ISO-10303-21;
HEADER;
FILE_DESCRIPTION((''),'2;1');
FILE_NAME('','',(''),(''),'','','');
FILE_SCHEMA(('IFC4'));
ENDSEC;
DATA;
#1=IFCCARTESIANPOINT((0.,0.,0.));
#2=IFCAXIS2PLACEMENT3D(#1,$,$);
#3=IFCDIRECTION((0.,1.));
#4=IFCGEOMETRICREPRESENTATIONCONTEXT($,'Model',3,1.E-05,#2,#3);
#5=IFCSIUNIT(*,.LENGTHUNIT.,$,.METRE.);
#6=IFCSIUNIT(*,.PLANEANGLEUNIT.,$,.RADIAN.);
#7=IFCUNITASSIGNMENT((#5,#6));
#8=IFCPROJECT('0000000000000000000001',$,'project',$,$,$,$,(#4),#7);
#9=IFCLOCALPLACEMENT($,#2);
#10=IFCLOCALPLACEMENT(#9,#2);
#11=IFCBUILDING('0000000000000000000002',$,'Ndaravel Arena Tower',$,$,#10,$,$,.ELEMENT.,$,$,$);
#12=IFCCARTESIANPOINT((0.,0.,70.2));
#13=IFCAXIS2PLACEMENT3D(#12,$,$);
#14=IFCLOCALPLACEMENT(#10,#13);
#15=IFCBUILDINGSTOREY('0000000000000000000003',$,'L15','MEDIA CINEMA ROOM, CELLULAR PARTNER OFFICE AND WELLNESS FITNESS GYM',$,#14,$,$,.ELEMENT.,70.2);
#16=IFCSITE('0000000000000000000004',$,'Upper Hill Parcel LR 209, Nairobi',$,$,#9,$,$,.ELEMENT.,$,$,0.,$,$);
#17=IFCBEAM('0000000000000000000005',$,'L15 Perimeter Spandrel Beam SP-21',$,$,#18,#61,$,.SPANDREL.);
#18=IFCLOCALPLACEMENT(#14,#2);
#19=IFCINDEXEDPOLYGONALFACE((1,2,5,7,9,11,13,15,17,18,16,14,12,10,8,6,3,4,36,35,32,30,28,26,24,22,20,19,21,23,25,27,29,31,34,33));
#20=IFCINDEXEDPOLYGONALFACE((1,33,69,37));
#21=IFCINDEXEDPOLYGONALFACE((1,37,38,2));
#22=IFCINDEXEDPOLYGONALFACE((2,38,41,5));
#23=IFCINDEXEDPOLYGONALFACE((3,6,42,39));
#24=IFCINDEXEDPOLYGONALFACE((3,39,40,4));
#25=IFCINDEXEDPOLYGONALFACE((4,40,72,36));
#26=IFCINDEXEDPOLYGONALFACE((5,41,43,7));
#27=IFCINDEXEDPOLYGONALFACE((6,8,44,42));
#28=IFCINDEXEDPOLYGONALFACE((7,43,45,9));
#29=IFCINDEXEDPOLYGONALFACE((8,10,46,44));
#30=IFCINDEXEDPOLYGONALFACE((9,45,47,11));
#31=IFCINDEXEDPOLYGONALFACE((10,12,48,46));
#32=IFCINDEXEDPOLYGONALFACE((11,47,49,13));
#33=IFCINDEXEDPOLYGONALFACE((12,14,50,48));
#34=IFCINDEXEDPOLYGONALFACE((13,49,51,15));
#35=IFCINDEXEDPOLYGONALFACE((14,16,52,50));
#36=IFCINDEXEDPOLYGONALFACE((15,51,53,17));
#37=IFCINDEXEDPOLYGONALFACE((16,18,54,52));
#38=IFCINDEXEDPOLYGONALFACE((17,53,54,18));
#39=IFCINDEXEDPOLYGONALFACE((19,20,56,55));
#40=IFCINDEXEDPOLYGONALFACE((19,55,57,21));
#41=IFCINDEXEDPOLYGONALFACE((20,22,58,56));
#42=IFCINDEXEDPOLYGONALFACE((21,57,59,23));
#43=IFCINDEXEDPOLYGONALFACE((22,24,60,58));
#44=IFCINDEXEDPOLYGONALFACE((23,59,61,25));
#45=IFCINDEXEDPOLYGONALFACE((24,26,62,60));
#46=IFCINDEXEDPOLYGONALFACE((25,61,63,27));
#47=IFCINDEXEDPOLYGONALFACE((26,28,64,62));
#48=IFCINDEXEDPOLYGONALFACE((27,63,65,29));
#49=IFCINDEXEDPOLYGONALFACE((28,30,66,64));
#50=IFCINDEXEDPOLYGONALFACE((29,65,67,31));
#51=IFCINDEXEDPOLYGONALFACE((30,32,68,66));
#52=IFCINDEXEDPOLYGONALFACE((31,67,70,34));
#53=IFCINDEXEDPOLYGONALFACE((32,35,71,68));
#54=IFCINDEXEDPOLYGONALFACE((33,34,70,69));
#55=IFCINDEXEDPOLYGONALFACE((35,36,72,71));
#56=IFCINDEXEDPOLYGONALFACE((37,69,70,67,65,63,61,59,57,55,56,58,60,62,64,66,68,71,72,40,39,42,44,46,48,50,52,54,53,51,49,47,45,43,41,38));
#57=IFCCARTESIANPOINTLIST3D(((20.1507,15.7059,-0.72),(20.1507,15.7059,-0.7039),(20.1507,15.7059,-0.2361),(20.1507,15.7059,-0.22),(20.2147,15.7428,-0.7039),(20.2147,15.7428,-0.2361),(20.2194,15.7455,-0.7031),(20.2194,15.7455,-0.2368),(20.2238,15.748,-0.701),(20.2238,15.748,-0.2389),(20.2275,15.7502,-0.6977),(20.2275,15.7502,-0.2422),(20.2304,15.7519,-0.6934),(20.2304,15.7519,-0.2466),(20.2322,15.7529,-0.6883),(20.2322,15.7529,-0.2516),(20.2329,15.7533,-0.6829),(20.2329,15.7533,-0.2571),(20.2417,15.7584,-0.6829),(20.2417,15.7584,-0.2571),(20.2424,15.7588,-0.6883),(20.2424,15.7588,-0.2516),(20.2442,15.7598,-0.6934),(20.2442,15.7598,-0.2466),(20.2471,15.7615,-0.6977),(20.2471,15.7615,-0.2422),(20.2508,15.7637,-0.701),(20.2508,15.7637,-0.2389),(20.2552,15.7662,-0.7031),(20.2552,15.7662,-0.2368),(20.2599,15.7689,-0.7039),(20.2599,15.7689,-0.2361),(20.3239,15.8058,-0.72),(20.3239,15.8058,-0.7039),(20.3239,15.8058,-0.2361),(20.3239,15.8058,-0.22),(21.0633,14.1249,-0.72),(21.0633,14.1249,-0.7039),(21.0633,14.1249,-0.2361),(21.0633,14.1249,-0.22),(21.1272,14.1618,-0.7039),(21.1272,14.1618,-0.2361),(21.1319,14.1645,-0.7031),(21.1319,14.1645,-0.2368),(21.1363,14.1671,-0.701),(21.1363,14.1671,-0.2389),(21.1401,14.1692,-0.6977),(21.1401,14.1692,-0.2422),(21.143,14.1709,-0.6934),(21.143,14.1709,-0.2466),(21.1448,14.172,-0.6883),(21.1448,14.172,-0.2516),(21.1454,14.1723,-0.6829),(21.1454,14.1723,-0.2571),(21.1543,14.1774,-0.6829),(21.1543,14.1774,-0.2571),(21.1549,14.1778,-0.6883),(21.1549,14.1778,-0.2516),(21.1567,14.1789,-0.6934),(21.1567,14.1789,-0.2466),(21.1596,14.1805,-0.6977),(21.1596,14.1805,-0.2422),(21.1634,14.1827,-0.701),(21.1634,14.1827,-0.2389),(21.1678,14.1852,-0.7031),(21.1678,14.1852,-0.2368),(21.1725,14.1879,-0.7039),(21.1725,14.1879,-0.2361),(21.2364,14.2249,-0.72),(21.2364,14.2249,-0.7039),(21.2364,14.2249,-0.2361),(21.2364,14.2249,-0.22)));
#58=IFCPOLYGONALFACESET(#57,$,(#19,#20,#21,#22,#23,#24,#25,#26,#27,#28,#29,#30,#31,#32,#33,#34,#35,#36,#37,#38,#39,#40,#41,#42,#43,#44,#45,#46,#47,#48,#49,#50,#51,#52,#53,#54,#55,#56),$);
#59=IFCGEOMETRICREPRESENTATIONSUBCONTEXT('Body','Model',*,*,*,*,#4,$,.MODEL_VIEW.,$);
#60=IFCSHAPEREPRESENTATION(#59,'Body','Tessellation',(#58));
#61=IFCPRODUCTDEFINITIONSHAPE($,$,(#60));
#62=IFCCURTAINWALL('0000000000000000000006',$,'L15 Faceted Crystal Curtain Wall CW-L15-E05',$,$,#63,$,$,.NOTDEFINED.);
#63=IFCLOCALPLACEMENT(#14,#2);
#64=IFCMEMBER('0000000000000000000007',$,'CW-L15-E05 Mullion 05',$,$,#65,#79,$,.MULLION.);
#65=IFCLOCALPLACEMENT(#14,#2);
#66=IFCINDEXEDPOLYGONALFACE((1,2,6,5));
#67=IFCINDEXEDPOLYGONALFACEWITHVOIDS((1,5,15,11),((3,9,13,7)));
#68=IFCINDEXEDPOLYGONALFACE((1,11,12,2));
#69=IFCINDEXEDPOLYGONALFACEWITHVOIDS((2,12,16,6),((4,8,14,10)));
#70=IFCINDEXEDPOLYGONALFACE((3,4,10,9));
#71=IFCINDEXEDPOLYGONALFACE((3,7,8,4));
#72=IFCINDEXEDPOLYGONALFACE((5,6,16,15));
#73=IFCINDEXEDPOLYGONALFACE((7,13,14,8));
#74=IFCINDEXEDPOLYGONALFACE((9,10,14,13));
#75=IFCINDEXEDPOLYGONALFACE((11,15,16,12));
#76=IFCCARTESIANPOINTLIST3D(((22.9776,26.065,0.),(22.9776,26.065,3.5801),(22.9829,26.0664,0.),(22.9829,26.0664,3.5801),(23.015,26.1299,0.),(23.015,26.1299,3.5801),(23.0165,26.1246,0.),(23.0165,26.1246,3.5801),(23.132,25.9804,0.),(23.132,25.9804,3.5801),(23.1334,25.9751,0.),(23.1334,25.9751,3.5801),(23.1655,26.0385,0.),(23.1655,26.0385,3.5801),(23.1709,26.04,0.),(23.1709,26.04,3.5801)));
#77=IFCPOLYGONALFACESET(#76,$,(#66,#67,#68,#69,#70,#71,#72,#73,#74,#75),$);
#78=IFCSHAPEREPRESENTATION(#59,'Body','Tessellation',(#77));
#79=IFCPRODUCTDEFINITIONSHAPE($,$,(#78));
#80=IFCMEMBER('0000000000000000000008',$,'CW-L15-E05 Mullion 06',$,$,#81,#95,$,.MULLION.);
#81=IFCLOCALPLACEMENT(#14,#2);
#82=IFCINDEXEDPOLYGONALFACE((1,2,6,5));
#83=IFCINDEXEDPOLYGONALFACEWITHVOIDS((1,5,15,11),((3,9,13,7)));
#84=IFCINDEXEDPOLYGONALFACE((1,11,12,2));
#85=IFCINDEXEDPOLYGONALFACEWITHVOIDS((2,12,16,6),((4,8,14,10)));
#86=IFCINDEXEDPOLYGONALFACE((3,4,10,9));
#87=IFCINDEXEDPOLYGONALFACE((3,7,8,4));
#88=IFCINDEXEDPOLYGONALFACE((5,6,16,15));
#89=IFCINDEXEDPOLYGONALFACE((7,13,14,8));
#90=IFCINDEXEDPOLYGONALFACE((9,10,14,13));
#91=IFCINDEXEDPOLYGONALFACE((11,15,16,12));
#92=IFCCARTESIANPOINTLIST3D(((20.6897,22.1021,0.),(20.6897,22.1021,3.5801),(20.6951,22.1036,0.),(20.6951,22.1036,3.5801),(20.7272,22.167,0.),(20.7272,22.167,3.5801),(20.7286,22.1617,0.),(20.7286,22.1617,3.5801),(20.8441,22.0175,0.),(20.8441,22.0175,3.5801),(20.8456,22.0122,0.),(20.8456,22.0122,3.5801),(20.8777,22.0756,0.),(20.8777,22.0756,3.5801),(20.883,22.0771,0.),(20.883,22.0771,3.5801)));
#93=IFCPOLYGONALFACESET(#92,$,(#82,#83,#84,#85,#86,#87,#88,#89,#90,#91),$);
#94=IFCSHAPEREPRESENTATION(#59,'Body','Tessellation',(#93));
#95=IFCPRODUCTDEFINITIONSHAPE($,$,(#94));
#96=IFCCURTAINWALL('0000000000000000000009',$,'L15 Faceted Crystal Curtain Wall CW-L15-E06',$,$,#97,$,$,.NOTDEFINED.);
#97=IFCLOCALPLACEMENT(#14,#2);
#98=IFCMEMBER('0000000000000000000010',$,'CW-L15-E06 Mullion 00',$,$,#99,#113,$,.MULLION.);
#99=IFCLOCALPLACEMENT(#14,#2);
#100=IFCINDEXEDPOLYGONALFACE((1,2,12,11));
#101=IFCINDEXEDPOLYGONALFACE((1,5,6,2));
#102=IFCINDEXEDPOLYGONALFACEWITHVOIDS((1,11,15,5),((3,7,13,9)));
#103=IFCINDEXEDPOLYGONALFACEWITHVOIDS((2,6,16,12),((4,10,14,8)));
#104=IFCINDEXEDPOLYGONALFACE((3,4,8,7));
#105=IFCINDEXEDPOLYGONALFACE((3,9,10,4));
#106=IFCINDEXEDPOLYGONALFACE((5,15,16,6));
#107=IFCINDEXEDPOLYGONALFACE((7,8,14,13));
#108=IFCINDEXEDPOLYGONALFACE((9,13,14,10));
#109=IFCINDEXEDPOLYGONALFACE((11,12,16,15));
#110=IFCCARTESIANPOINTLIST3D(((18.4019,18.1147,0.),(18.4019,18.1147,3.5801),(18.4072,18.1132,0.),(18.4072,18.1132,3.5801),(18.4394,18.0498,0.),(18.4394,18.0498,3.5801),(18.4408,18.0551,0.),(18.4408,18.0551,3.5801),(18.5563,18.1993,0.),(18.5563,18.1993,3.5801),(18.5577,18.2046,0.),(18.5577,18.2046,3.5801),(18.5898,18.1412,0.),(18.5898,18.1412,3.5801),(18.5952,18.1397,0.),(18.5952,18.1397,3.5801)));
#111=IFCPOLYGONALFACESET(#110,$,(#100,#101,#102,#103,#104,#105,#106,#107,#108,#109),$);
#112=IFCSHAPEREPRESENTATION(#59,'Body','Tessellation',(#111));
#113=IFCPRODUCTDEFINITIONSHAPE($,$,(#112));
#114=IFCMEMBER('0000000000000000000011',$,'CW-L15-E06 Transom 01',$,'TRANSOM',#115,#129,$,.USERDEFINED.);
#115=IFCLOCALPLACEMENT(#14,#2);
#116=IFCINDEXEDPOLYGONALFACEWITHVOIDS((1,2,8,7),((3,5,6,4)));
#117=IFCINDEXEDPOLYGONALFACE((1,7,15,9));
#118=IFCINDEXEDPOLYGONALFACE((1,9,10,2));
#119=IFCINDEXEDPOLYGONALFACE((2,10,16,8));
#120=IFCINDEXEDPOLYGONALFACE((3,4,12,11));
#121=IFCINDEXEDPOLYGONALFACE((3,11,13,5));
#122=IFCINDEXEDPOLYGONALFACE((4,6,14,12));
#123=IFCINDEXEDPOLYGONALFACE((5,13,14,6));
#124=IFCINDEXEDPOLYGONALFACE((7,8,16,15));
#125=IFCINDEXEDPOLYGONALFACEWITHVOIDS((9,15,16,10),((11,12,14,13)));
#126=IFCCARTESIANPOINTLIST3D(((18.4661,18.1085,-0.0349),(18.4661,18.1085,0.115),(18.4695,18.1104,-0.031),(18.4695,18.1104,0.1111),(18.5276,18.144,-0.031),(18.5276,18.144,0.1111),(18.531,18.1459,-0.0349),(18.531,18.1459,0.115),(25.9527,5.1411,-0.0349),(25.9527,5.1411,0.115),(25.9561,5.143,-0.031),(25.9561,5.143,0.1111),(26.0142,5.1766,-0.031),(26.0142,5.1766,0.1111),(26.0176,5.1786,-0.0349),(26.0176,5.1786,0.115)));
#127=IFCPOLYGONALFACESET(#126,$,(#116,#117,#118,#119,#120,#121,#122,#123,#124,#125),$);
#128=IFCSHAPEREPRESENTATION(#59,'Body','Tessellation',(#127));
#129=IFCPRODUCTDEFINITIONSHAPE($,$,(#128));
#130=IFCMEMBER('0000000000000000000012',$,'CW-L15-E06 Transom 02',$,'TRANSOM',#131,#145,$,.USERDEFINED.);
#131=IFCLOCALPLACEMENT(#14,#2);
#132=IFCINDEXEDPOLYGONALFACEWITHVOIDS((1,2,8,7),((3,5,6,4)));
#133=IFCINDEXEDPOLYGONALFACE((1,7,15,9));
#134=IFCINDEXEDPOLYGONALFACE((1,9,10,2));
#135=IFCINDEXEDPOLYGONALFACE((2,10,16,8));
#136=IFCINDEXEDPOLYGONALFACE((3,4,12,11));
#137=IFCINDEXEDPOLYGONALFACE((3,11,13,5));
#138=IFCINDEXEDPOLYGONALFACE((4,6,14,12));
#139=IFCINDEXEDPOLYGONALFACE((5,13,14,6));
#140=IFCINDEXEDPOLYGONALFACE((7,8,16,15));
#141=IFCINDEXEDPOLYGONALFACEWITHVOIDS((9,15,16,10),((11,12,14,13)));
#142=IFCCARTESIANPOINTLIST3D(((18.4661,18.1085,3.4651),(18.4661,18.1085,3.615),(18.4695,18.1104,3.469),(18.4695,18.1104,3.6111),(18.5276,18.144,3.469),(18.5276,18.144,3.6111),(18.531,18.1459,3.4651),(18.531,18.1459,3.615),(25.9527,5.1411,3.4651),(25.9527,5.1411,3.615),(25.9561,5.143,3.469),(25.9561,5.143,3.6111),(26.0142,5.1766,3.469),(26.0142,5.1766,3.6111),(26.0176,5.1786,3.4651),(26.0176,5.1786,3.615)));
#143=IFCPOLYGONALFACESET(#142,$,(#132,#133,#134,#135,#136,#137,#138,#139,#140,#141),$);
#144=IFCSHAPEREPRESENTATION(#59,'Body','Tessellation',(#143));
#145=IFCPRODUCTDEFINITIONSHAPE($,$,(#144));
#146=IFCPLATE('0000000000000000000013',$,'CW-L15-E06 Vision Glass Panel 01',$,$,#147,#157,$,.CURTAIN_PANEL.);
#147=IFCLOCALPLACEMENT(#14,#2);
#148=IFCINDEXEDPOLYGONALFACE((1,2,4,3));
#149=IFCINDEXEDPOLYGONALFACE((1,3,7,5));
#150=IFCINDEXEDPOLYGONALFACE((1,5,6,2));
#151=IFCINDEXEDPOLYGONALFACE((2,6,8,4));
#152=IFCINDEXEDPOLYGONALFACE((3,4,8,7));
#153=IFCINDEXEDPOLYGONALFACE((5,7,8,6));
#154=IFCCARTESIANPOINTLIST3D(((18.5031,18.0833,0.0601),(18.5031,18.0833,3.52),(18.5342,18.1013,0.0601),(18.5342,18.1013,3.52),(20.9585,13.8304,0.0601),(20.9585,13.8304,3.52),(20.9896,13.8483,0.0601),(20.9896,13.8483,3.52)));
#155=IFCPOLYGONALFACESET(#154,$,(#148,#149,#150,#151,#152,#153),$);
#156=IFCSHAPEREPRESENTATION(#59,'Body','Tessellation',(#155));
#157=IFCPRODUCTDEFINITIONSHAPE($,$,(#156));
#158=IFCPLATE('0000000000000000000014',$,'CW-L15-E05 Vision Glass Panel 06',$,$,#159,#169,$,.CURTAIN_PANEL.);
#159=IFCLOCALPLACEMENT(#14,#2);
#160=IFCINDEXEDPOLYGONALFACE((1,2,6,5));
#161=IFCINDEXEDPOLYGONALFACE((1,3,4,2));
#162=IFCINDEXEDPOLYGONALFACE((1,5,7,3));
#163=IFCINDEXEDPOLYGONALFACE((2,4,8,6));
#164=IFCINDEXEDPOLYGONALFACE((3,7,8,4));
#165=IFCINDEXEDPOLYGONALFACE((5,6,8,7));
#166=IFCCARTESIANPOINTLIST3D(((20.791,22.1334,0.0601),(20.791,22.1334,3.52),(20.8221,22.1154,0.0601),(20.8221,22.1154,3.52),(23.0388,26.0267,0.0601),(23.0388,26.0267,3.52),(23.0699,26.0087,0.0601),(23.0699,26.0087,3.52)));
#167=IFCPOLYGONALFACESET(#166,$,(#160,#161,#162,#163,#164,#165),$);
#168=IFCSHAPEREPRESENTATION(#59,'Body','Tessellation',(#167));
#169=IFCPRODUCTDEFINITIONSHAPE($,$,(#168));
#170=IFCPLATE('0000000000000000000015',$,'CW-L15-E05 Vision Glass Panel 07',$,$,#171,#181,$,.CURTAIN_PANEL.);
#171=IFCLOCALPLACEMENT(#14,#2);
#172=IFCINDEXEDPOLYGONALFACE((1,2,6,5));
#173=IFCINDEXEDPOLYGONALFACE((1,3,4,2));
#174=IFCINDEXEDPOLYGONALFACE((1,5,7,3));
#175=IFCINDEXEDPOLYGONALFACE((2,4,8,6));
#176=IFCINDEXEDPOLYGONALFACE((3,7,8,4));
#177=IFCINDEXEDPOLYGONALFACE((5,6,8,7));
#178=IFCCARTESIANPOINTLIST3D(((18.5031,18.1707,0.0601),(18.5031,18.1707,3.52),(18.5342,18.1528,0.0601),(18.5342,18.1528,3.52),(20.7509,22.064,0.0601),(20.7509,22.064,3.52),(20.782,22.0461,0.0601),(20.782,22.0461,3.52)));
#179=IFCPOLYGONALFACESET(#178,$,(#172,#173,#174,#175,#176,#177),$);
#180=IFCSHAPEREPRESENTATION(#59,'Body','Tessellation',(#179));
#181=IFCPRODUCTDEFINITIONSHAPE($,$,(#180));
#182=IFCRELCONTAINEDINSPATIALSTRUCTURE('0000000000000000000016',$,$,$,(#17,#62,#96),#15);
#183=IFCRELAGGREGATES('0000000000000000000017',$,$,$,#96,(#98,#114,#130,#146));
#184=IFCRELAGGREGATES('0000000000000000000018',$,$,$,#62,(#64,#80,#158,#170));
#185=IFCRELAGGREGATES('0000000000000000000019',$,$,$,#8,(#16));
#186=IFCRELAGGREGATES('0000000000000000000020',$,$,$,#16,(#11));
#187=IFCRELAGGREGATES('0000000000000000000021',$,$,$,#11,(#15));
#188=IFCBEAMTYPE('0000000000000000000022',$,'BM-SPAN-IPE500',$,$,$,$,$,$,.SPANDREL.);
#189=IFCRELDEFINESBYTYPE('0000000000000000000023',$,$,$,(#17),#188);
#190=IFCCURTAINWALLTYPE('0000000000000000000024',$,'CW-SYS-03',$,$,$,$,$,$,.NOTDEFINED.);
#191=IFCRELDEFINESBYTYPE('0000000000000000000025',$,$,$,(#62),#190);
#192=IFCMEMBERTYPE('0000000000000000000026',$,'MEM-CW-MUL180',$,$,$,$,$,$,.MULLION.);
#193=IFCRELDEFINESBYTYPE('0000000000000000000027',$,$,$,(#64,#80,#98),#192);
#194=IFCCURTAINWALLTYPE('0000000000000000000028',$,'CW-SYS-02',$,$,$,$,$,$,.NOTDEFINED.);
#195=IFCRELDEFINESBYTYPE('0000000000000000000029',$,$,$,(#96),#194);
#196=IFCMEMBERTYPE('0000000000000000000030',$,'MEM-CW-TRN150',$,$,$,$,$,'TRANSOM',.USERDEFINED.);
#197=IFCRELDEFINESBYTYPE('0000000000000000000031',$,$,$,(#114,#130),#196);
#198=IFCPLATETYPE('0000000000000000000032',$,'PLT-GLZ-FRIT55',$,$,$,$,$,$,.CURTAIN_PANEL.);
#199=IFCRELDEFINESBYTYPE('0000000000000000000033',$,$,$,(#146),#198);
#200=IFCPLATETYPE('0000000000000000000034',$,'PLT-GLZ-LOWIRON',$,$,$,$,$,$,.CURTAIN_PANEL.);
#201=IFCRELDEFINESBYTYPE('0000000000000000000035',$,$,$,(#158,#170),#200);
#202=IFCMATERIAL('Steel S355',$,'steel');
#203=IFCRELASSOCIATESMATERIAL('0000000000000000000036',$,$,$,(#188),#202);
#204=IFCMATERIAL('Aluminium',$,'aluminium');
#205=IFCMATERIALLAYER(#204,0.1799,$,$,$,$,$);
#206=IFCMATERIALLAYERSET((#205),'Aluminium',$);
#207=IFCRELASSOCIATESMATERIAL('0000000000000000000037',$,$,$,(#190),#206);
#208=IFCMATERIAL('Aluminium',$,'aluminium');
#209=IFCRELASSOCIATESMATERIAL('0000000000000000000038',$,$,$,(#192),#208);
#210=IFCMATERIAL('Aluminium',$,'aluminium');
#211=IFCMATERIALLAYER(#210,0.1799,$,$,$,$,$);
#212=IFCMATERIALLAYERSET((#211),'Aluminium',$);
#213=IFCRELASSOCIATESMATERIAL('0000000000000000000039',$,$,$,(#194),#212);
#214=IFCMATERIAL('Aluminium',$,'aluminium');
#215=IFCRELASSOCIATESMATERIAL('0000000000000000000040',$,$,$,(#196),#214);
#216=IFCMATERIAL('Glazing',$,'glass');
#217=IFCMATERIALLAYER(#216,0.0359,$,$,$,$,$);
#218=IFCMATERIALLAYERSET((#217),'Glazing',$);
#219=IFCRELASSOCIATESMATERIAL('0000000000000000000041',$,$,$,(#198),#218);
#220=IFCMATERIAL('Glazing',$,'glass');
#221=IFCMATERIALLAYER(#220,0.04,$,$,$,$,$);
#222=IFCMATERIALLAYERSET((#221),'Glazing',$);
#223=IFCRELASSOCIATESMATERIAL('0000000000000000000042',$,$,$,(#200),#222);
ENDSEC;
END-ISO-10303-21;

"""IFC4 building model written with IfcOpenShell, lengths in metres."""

from ifc_helpers import new_model, si_unit, direction, frame, origin, origin_2d, place, context, subcontext, project, spatial, rectangle, hollow_rectangle, i_section, extrude, material, layer, layer_set, material_profile, profile_set, type_object, element, aggregate, save


model = new_model("IFC4")

# Units and contexts
model_context = context("Model", 3, precision=1e-05, world=origin(), true_north=direction((0.0, 1.0)))
body_context = subcontext(model_context, "Body", "Model", "MODEL_VIEW")
ifc_project = project(units=[si_unit("LENGTHUNIT", "METRE"), si_unit("PLANEANGLEUNIT", "RADIAN")], contexts=[model_context])

# Site, building, storey
site_placement = place(None, origin())
site = spatial("IfcSite", under=ifc_project, at=site_placement, Name="Upper Hill Parcel LR 209, Nairobi", CompositionType="ELEMENT", RefElevation=0.0)
building_placement = place(site_placement, origin())
building = spatial("IfcBuilding", under=site, at=building_placement, Name="Ndaravel Arena Tower", CompositionType="ELEMENT")
storey_placement = place(building_placement, frame((0.0, 0.0, 70.2)))
storey = spatial("IfcBuildingStorey", under=building, at=storey_placement, Name="L15", Description="MEDIA CINEMA ROOM, CELLULAR PARTNER OFFICE AND WELLNESS FITNESS GYM", CompositionType="ELEMENT", Elevation=70.2)

# Beam
ifc_material_1 = material(Name="Steel S355", Category="steel")
ifc_material_profile_1 = material_profile(ifc_material_1, i_section(OverallWidth=0.2, OverallDepth=0.5, WebThickness=0.0103, FlangeThickness=0.0161, FilletRadius=0.021, at=origin_2d()), Name="IPE 500")
ifc_profile_set_1 = profile_set([ifc_material_profile_1], Name="Steel S355")
beam_type_1 = type_object("IfcBeamType", Name="BM-SPAN-IPE500", PredefinedType="SPANDREL", material=ifc_profile_set_1)
for number, where, z_axis, x_axis, name in (
    (1, (20.2373, 15.7559, -0.47), (0.499908, -0.866079, 0.0), (0.866079, 0.499908, 0.0), "L15 Perimeter Spandrel Beam SP-21"),
):
    element("IfcBeam", number, at=place(storey_placement, frame(where, z_axis=z_axis, x_axis=x_axis)), inside=storey, type_object=beam_type_1, Name=name, PredefinedType="SPANDREL", context=body_context, shape_type="SweptSolid", body=[
        extrude(i_section(OverallWidth=0.2, OverallDepth=0.5, WebThickness=0.0103, FlangeThickness=0.0161, FilletRadius=0.021, at=origin_2d()), origin(), (0.0, 0.0, 1.0), 1.8254),
    ])

# Curtain wall, members
ifc_material_2 = material(Name="Aluminium", Category="aluminium")
ifc_layer_1 = layer(ifc_material_2, 0.1799)
ifc_layer_set_1 = layer_set([ifc_layer_1], Name="Aluminium")
curtain_wall_type_1 = type_object("IfcCurtainWallType", Name="CW-SYS-03", PredefinedType="NOTDEFINED", material=ifc_layer_set_1)
curtain_wall_1_placement = place(storey_placement, origin())
curtain_wall_1 = element("IfcCurtainWall", 2, at=curtain_wall_1_placement, inside=storey, type_object=curtain_wall_type_1, Name="L15 Faceted Crystal Curtain Wall CW-L15-E05", PredefinedType="NOTDEFINED")
ifc_material_3 = material(Name="Aluminium", Category="aluminium")
ifc_material_profile_2 = material_profile(ifc_material_3, hollow_rectangle(XDim=0.075, YDim=0.1799, WallThickness=0.0039, at=origin_2d()), Name="CW MULLION 75x180x4")
ifc_profile_set_2 = profile_set([ifc_material_profile_2], Name="Aluminium")
member_type_1 = type_object("IfcMemberType", Name="MEM-CW-MUL180", PredefinedType="MULLION", material=ifc_profile_set_2)
member_1_placement = place(storey_placement, frame((23.0742, 26.0525, 0.0), z_axis=(0.0, 0.0, 1.0), x_axis=(-0.5, -0.866025, 0.0)))
member_1 = element("IfcMember", 3, at=member_1_placement, type_object=member_type_1, Name="CW-L15-E05 Mullion 05", PredefinedType="MULLION", context=body_context, shape_type="SweptSolid", body=[
    extrude(hollow_rectangle(XDim=0.075, YDim=0.1799, WallThickness=0.0039, at=origin_2d()), origin(), (0.0, 0.0, 1.0), 3.5801),
])
member_2_placement = place(storey_placement, frame((20.7864, 22.0896, 0.0), z_axis=(0.0, 0.0, 1.0), x_axis=(-0.5, -0.866025, 0.0)))
member_2 = element("IfcMember", 4, at=member_2_placement, type_object=member_type_1, Name="CW-L15-E05 Mullion 06", PredefinedType="MULLION", context=body_context, shape_type="SweptSolid", body=[
    extrude(hollow_rectangle(XDim=0.075, YDim=0.1799, WallThickness=0.0039, at=origin_2d()), origin(), (0.0, 0.0, 1.0), 3.5801),
])

# Curtain wall, members, plate
ifc_material_4 = material(Name="Aluminium", Category="aluminium")
ifc_layer_2 = layer(ifc_material_4, 0.1799)
ifc_layer_set_2 = layer_set([ifc_layer_2], Name="Aluminium")
curtain_wall_type_2 = type_object("IfcCurtainWallType", Name="CW-SYS-02", PredefinedType="NOTDEFINED", material=ifc_layer_set_2)
curtain_wall_2_placement = place(storey_placement, origin())
curtain_wall_2 = element("IfcCurtainWall", 5, at=curtain_wall_2_placement, inside=storey, type_object=curtain_wall_type_2, Name="L15 Faceted Crystal Curtain Wall CW-L15-E06", PredefinedType="NOTDEFINED")
member_3_placement = place(storey_placement, frame((18.4985, 18.1272, 0.0), z_axis=(0.0, 0.0, 1.0), x_axis=(0.5, -0.866025, 0.0)))
member_3 = element("IfcMember", 6, at=member_3_placement, type_object=member_type_1, Name="CW-L15-E06 Mullion 00", PredefinedType="MULLION", context=body_context, shape_type="SweptSolid", body=[
    extrude(hollow_rectangle(XDim=0.075, YDim=0.1799, WallThickness=0.0039, at=origin_2d()), origin(), (0.0, 0.0, 1.0), 3.5801),
])
ifc_material_5 = material(Name="Aluminium", Category="aluminium")
ifc_material_profile_3 = material_profile(ifc_material_5, hollow_rectangle(XDim=0.075, YDim=0.1499, WallThickness=0.0039, at=origin_2d()), Name="CW TRANSOM 75x150x4")
ifc_profile_set_3 = profile_set([ifc_material_profile_3], Name="Aluminium")
member_type_2 = type_object("IfcMemberType", Name="MEM-CW-TRN150", ElementType="TRANSOM", PredefinedType="USERDEFINED", material=ifc_profile_set_3)
member_4_placement = place(storey_placement, frame((18.4985, 18.1272, 0.04), z_axis=(0.499995, -0.866028, 0.0), x_axis=(0.866028, 0.499995, 0.0)))
member_4 = element("IfcMember", 7, at=member_4_placement, type_object=member_type_2, Name="CW-L15-E06 Transom 01", ObjectType="TRANSOM", PredefinedType="USERDEFINED", context=body_context, shape_type="SweptSolid", body=[
    extrude(hollow_rectangle(XDim=0.075, YDim=0.1499, WallThickness=0.0039, at=origin_2d()), origin(), (0.0, 0.0, 1.0), 14.9734),
])
member_5_placement = place(storey_placement, frame((18.4985, 18.1272, 3.54), z_axis=(0.499995, -0.866028, 0.0), x_axis=(0.866028, 0.499995, 0.0)))
member_5 = element("IfcMember", 8, at=member_5_placement, type_object=member_type_2, Name="CW-L15-E06 Transom 02", ObjectType="TRANSOM", PredefinedType="USERDEFINED", context=body_context, shape_type="SweptSolid", body=[
    extrude(hollow_rectangle(XDim=0.075, YDim=0.1499, WallThickness=0.0039, at=origin_2d()), origin(), (0.0, 0.0, 1.0), 14.9734),
])
ifc_material_6 = material(Name="Glazing", Category="glass")
ifc_layer_3 = layer(ifc_material_6, 0.0359)
ifc_layer_set_3 = layer_set([ifc_layer_3], Name="Glazing")
plate_type_1 = type_object("IfcPlateType", Name="PLT-GLZ-FRIT55", PredefinedType="CURTAIN_PANEL", material=ifc_layer_set_3)
plate_1_placement = place(storey_placement, frame((19.7463, 15.9658, 0.0601), z_axis=(0.0, 0.0, 1.0), x_axis=(0.5, -0.866025, 0.0)))
plate_1 = element("IfcPlate", 9, at=plate_1_placement, type_object=plate_type_1, Name="CW-L15-E06 Vision Glass Panel 01", PredefinedType="CURTAIN_PANEL", context=body_context, shape_type="SweptSolid", body=[
    extrude(rectangle(XDim=4.9109, YDim=0.0359, at=origin_2d()), origin(), (0.0, 0.0, 1.0), 3.46),
])
aggregate(curtain_wall_2, [member_3, member_4, member_5, plate_1])

# Plates
ifc_material_7 = material(Name="Glazing", Category="glass")
ifc_layer_4 = layer(ifc_material_7, 0.04)
ifc_layer_set_4 = layer_set([ifc_layer_4], Name="Glazing")
plate_type_2 = type_object("IfcPlateType", Name="PLT-GLZ-LOWIRON", PredefinedType="CURTAIN_PANEL", material=ifc_layer_set_4)
plate_2_placement = place(storey_placement, frame((21.9304, 24.071, 0.0601), z_axis=(0.0, 0.0, 1.0), x_axis=(-0.5, -0.866025, 0.0)))
plate_2 = element("IfcPlate", 10, at=plate_2_placement, type_object=plate_type_2, Name="CW-L15-E05 Vision Glass Panel 06", PredefinedType="CURTAIN_PANEL", context=body_context, shape_type="SweptSolid", body=[
    extrude(rectangle(XDim=4.4956, YDim=0.0359, at=origin_2d()), origin(), (0.0, 0.0, 1.0), 3.46),
])
plate_3_placement = place(storey_placement, frame((19.6426, 20.1084, 0.0601), z_axis=(0.0, 0.0, 1.0), x_axis=(-0.5, -0.866025, 0.0)))
plate_3 = element("IfcPlate", 11, at=plate_3_placement, type_object=plate_type_2, Name="CW-L15-E05 Vision Glass Panel 07", PredefinedType="CURTAIN_PANEL", context=body_context, shape_type="SweptSolid", body=[
    extrude(rectangle(XDim=4.4956, YDim=0.0359, at=origin_2d()), origin(), (0.0, 0.0, 1.0), 3.46),
])
aggregate(curtain_wall_1, [member_1, member_2, plate_2, plate_3])

save(model, "model.ifc")
